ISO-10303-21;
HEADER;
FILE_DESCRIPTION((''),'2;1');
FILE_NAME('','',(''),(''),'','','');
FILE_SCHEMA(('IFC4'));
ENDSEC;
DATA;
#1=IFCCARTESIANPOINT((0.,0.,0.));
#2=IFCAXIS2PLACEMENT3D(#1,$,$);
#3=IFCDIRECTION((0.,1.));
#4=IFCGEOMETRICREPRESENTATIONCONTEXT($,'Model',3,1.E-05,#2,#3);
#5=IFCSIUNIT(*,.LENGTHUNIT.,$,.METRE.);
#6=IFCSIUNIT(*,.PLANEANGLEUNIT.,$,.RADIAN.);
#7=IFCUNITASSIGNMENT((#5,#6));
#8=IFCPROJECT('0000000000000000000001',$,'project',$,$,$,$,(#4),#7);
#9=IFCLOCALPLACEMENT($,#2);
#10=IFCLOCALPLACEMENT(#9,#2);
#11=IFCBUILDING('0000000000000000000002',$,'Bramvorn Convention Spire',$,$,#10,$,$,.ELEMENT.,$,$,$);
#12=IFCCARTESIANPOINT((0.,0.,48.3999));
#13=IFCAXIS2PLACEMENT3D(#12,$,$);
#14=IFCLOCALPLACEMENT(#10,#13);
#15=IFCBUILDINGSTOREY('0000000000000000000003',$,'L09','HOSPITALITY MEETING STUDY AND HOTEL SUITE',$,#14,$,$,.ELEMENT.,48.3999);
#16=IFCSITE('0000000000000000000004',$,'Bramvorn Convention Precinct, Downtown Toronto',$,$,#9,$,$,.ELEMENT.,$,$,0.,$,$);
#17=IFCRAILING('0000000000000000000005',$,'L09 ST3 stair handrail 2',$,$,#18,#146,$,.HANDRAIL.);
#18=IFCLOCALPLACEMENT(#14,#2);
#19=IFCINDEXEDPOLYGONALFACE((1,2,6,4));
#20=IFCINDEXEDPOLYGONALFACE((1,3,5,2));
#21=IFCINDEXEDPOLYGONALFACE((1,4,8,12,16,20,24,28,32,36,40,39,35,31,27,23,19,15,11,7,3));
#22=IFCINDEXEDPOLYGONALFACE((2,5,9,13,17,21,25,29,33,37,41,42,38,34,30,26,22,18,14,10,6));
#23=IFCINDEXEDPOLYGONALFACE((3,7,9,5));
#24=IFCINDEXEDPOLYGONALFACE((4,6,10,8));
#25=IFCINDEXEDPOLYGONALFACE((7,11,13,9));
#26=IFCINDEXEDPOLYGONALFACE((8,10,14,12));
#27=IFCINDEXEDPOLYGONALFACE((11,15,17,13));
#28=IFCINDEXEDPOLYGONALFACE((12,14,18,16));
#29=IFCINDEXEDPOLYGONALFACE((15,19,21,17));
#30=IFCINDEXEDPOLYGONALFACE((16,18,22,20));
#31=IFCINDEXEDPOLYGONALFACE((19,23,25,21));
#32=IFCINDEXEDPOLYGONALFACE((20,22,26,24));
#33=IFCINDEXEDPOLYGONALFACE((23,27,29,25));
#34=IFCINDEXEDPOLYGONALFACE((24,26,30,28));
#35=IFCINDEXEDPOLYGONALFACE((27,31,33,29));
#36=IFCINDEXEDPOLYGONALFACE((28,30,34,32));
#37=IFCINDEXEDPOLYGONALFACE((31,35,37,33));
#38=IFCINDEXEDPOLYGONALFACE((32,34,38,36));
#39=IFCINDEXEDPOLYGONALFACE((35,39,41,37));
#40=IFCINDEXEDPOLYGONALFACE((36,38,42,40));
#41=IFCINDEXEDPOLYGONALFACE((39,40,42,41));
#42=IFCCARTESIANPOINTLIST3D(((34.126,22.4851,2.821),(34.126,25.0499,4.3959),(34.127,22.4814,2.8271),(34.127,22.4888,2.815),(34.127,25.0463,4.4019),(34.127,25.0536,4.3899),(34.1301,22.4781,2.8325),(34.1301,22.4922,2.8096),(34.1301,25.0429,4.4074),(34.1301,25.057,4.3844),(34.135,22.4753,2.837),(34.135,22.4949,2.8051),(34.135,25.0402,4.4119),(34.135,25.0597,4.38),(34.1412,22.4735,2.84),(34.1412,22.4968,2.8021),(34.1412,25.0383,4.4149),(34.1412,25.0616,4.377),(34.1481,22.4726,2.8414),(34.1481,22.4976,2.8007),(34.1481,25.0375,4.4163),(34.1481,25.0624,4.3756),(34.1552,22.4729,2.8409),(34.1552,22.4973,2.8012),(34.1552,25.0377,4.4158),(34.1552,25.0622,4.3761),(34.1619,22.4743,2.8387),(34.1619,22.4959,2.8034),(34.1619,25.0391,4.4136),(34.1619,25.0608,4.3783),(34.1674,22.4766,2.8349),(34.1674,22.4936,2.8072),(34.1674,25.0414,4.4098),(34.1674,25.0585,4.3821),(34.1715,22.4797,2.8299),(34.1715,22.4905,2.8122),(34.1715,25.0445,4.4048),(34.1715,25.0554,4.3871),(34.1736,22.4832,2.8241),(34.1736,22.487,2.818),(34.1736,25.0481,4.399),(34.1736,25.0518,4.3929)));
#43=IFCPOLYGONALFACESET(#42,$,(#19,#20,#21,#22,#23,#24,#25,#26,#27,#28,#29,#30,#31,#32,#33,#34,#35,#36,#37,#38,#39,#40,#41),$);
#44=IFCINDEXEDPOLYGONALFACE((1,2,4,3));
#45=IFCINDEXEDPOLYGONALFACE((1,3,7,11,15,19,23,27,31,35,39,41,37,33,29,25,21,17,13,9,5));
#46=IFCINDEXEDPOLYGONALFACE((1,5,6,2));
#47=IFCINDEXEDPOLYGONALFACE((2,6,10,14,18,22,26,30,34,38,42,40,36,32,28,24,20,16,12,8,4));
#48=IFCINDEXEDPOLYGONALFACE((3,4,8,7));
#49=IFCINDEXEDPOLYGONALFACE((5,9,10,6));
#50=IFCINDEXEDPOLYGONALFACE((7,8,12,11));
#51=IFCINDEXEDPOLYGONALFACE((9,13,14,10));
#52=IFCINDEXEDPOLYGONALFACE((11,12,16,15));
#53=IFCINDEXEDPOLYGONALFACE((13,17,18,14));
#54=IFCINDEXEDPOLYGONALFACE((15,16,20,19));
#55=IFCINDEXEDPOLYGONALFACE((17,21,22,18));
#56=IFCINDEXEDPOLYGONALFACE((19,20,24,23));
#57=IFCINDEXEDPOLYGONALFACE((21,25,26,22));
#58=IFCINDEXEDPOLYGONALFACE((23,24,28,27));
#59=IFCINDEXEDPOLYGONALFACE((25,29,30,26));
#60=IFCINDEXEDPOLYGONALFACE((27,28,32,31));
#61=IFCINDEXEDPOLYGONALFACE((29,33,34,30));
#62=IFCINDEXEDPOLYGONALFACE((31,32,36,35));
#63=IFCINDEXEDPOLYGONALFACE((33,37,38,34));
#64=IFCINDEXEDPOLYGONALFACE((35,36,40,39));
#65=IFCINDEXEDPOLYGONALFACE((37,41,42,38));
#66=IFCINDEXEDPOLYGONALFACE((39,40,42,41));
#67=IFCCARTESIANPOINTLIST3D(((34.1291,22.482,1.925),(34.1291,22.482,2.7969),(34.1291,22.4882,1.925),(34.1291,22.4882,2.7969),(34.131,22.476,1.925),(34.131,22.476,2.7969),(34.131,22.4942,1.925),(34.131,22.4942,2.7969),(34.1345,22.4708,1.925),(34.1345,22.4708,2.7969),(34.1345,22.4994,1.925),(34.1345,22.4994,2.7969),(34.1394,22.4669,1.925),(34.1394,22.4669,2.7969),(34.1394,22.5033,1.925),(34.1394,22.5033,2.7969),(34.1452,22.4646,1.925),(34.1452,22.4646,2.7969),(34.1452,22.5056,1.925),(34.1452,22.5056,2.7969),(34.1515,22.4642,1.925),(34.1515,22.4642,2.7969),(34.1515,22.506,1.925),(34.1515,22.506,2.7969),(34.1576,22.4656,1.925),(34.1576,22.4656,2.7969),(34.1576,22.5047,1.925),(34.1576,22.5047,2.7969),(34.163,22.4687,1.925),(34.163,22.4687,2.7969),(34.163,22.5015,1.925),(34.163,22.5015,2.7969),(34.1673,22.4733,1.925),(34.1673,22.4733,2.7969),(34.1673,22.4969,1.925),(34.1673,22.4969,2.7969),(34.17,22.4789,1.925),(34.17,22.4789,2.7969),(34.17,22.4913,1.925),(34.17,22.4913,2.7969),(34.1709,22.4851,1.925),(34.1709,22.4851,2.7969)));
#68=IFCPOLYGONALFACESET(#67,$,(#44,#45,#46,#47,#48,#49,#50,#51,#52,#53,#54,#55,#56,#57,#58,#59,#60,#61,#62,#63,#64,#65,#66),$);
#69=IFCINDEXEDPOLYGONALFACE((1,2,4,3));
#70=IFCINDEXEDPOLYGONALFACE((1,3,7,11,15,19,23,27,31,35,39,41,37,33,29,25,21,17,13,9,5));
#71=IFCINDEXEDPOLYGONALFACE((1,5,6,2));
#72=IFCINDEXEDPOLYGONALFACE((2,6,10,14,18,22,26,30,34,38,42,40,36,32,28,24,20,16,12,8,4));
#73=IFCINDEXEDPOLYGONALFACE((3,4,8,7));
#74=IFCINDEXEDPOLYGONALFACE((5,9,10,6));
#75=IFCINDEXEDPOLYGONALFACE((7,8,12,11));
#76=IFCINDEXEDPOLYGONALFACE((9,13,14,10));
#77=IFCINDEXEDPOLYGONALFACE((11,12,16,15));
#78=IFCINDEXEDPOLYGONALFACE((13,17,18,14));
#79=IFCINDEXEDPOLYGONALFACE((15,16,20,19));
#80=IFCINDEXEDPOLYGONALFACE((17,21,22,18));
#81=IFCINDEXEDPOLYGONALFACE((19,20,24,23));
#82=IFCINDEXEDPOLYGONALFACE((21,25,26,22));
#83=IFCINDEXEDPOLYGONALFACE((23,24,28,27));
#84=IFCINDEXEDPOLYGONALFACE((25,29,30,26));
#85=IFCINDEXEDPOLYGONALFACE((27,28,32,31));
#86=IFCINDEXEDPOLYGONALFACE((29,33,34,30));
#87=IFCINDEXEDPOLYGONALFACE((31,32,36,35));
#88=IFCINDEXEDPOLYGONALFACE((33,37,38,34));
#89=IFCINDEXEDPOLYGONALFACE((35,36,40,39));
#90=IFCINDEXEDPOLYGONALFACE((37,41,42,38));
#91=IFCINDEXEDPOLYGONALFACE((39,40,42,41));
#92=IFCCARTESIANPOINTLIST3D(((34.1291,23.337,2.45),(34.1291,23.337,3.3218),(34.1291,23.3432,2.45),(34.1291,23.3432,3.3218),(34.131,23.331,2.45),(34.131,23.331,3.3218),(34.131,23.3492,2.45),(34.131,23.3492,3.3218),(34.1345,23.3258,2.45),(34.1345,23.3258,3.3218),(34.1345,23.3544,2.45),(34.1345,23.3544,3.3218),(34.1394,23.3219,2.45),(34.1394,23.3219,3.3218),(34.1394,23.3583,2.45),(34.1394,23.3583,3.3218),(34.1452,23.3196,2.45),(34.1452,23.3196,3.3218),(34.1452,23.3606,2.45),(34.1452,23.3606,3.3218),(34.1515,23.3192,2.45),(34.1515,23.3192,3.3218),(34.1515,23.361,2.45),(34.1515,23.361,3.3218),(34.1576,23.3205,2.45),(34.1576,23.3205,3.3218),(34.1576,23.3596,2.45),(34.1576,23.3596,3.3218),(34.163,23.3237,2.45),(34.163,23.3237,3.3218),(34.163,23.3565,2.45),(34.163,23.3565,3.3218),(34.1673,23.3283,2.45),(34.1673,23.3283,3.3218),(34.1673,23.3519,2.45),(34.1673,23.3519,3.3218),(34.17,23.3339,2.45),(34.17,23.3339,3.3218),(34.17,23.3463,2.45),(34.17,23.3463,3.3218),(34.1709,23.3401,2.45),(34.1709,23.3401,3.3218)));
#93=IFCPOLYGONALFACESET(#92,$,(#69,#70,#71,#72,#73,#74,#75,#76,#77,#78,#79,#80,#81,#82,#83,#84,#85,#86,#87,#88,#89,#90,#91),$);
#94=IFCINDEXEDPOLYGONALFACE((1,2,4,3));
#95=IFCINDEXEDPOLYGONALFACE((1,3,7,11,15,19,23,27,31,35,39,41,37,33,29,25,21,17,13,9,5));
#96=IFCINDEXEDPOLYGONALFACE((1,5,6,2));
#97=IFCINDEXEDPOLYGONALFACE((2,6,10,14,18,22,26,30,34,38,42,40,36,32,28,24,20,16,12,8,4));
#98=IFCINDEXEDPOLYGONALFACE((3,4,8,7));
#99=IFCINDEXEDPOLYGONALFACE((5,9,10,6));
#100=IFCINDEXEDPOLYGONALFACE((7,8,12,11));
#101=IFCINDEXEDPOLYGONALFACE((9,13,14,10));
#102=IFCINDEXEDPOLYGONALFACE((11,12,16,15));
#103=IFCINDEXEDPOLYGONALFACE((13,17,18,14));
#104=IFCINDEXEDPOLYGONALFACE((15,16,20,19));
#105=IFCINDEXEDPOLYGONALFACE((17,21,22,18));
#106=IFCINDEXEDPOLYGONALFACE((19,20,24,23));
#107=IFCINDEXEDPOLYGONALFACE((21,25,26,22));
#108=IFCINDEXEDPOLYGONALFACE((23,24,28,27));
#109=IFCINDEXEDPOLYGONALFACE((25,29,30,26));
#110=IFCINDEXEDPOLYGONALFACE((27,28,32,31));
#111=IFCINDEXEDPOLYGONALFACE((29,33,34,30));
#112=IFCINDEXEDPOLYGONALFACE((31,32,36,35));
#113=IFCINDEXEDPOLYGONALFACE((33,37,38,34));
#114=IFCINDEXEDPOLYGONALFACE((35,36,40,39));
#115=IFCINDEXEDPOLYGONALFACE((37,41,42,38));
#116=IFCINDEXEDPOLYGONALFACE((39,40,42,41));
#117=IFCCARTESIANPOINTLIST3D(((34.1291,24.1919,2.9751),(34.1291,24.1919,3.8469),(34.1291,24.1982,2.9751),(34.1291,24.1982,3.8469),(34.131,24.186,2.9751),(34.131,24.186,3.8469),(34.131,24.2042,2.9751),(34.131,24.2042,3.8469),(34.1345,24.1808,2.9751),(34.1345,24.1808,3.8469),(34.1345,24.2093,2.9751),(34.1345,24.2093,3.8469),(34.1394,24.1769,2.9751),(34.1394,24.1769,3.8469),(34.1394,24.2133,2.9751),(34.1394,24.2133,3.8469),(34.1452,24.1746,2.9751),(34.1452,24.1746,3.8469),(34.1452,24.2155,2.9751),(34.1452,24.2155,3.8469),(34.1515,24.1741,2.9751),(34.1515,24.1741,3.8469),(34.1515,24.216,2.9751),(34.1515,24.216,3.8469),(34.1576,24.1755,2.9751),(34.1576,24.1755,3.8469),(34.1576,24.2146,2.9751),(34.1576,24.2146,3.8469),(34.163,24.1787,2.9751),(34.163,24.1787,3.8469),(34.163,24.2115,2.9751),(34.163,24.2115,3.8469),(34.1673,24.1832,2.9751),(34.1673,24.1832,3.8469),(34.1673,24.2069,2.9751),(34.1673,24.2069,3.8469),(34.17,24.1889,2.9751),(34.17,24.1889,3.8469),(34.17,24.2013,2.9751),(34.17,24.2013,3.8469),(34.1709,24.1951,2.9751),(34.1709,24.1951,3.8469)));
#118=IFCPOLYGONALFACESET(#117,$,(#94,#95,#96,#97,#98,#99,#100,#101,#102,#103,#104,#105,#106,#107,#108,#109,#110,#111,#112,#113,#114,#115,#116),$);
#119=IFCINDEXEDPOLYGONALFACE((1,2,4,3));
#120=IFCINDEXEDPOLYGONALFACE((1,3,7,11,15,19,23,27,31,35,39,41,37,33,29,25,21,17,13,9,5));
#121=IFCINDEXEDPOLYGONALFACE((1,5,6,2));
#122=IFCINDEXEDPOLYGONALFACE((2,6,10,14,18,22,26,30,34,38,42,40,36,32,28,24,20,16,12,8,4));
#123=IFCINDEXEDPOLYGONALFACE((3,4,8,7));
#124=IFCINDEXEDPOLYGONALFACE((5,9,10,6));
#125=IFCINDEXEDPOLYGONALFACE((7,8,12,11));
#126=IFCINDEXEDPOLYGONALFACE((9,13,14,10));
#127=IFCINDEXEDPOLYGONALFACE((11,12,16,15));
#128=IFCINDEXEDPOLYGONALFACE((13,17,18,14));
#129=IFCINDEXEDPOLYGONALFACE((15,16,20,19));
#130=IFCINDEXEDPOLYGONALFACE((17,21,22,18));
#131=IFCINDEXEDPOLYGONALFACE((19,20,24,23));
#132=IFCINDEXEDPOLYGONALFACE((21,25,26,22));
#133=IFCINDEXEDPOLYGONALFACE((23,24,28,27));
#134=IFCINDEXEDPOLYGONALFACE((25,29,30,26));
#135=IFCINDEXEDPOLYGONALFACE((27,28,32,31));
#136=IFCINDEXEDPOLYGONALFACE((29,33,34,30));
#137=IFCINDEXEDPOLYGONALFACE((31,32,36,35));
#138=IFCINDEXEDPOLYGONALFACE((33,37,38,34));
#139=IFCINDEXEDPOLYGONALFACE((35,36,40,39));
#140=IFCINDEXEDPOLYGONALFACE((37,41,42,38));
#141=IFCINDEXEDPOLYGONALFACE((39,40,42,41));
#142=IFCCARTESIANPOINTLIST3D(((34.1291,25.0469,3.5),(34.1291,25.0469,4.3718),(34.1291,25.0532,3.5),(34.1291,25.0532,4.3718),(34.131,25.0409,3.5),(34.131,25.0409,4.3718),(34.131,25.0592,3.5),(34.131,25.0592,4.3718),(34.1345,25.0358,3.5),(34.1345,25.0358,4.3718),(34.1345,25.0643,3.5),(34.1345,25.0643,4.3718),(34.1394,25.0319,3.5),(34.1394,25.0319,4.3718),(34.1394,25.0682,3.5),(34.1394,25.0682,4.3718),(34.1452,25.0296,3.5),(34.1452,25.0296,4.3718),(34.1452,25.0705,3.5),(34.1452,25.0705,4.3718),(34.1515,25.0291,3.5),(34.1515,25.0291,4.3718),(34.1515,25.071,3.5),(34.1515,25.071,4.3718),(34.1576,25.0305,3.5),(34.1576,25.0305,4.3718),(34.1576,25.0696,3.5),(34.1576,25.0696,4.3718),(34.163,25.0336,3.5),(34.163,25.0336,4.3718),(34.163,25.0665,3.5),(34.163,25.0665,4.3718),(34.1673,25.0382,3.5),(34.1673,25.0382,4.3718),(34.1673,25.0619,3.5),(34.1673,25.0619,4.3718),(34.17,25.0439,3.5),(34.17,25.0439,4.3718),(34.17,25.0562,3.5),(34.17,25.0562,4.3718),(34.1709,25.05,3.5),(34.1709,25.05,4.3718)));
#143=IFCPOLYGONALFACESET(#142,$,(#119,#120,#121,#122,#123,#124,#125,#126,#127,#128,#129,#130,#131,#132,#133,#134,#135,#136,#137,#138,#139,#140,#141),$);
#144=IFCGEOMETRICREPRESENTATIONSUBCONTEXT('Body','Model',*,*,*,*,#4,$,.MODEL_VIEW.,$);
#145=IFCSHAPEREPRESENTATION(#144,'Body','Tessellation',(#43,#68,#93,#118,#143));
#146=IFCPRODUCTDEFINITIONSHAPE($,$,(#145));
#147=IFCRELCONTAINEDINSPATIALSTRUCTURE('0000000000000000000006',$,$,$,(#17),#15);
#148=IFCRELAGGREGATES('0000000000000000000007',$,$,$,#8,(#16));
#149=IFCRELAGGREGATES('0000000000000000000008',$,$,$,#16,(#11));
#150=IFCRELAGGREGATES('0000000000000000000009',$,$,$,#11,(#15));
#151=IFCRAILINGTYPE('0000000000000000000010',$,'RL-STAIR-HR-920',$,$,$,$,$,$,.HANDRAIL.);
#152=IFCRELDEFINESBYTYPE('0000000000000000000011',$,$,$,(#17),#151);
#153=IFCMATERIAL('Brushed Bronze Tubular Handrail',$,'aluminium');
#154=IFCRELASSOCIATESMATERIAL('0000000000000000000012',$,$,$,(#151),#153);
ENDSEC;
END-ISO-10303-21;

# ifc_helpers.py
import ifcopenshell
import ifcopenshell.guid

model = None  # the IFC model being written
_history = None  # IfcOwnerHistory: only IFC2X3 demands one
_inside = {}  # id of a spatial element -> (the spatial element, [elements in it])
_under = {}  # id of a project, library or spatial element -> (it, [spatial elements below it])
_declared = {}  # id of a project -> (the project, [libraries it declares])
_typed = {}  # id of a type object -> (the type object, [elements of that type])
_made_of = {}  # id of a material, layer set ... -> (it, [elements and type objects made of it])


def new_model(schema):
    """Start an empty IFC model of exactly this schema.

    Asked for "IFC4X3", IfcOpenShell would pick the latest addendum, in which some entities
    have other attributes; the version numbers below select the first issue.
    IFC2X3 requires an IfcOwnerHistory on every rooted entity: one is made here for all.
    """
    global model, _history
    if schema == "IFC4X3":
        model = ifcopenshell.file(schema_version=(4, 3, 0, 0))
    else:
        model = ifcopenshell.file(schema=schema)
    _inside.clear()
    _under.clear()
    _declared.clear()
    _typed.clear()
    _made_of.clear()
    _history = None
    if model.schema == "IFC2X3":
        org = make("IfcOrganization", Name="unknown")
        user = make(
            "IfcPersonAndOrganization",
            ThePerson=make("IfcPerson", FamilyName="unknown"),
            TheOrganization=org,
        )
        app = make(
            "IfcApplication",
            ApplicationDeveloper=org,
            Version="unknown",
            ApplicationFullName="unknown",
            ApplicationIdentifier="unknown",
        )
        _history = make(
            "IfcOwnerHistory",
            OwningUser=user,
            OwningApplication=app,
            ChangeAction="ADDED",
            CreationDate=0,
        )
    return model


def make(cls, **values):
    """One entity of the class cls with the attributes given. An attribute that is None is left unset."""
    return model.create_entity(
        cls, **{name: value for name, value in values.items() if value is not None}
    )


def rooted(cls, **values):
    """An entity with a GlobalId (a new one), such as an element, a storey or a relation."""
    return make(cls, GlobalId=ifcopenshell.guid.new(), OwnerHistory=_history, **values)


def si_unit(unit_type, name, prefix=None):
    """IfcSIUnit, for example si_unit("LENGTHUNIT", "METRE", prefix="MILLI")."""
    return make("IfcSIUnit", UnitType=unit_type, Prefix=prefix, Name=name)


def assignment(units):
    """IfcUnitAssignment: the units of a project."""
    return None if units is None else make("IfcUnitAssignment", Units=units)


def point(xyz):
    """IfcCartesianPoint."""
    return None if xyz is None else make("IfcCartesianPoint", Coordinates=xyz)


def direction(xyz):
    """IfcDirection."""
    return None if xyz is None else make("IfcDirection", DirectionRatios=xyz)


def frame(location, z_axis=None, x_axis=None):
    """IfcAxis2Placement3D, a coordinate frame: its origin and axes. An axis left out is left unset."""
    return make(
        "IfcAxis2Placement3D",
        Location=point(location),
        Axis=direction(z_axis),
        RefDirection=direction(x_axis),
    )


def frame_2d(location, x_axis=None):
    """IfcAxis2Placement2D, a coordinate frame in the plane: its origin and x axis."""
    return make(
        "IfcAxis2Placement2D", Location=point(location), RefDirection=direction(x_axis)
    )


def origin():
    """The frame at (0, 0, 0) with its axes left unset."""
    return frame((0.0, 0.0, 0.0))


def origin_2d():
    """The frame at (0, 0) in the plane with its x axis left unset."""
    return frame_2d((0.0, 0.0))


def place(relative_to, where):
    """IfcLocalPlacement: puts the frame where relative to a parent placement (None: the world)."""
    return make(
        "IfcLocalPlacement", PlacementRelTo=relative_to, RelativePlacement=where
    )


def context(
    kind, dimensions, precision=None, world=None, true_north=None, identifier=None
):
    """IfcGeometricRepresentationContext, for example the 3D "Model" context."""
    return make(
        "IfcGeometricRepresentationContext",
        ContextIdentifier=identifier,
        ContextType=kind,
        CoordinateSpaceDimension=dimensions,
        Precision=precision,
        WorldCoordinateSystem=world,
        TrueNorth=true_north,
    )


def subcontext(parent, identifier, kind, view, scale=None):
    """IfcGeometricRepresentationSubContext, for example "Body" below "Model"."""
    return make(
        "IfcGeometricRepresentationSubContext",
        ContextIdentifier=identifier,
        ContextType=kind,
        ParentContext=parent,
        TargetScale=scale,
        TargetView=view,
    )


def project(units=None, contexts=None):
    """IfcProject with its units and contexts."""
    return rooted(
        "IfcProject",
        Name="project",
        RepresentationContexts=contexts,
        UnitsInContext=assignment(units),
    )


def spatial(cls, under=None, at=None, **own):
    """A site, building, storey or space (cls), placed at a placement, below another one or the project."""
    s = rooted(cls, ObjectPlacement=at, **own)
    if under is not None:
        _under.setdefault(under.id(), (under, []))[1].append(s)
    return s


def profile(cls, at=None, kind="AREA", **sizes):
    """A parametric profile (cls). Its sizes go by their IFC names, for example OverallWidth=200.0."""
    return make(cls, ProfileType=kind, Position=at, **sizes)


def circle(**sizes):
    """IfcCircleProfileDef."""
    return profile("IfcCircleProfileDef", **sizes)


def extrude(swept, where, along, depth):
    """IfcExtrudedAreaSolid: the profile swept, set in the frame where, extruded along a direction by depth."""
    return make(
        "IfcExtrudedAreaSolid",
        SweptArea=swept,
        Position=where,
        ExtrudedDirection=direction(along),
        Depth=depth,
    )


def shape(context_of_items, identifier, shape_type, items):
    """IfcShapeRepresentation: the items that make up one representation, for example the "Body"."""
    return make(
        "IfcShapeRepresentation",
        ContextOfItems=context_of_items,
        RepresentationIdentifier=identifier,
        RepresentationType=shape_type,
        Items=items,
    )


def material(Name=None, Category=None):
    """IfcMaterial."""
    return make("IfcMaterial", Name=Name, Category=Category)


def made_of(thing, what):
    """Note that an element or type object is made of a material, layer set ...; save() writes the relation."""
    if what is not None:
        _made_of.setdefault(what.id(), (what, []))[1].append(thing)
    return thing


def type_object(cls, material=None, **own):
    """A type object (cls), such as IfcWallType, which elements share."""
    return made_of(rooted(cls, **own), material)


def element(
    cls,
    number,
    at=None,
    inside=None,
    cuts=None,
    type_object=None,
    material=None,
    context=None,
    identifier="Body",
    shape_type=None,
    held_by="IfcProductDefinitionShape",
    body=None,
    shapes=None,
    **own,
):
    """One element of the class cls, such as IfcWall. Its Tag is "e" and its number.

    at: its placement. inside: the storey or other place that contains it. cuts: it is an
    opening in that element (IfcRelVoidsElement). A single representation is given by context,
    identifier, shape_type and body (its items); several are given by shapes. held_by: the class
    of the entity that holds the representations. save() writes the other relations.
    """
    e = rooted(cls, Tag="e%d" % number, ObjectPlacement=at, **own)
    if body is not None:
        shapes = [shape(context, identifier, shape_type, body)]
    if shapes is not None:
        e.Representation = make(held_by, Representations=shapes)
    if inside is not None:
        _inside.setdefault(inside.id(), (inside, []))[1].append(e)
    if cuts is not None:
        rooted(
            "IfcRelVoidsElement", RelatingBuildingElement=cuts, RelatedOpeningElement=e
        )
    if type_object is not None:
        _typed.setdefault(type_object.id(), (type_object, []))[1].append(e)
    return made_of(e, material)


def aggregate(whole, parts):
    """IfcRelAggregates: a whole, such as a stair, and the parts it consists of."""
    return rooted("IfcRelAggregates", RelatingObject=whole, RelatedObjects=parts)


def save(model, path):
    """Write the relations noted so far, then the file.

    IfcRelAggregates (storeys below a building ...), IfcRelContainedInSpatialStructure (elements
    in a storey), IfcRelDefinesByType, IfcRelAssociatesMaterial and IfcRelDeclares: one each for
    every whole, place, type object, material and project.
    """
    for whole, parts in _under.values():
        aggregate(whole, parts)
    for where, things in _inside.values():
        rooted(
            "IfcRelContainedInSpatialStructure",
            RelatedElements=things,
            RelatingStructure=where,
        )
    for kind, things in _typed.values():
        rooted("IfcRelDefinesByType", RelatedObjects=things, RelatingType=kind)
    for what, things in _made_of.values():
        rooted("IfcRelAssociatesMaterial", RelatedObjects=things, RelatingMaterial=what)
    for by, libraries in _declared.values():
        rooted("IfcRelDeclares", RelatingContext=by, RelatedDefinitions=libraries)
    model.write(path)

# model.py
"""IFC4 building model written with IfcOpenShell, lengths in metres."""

from ifc_helpers import new_model, si_unit, direction, frame, origin, origin_2d, place, context, subcontext, project, spatial, circle, extrude, material, type_object, element, save


model = new_model("IFC4")

# Units and contexts
model_context = context("Model", 3, precision=1e-05, world=origin(), true_north=direction((0.0, 1.0)))
body_context = subcontext(model_context, "Body", "Model", "MODEL_VIEW")
ifc_project = project(units=[si_unit("LENGTHUNIT", "METRE"), si_unit("PLANEANGLEUNIT", "RADIAN")], contexts=[model_context])

# Site, building, storey
site_placement = place(None, origin())
site = spatial("IfcSite", under=ifc_project, at=site_placement, Name="Bramvorn Convention Precinct, Downtown Toronto", CompositionType="ELEMENT", RefElevation=0.0)
building_placement = place(site_placement, origin())
building = spatial("IfcBuilding", under=site, at=building_placement, Name="Bramvorn Convention Spire", CompositionType="ELEMENT")
storey_placement = place(building_placement, frame((0.0, 0.0, 48.3999)))
storey = spatial("IfcBuildingStorey", under=building, at=storey_placement, Name="L09", Description="HOSPITALITY MEETING STUDY AND HOTEL SUITE", CompositionType="ELEMENT", Elevation=48.3999)

# Railing
ifc_material_1 = material(Name="Brushed Bronze Tubular Handrail", Category="aluminium")
railing_type_1 = type_object("IfcRailingType", Name="RL-STAIR-HR-920", PredefinedType="HANDRAIL", material=ifc_material_1)
railing_1_placement = place(storey_placement, frame((34.1499, 22.4851, 1.925)))
element("IfcRailing", 1, at=railing_1_placement, inside=storey, type_object=railing_type_1, Name="L09 ST3 stair handrail 2", PredefinedType="HANDRAIL", context=body_context, shape_type="SweptSolid", body=[
    extrude(circle(Radius=0.0239, at=origin_2d()), frame((0.0, 0.0, 0.896), z_axis=(0.0, 0.852173, 0.52326), x_axis=(-1.0, 0.0, 0.0)), (0.0, 0.0, 1.0), 3.0098),
    extrude(circle(Radius=0.021, at=origin_2d()), origin(), (0.0, 0.0, 1.0), 0.8718),
    extrude(circle(Radius=0.021, at=origin_2d()), frame((0.0, 0.855, 0.5249)), (0.0, 0.0, 1.0), 0.8718),
    extrude(circle(Radius=0.021, at=origin_2d()), frame((0.0, 1.71, 1.05)), (0.0, 0.0, 1.0), 0.8718),
    extrude(circle(Radius=0.021, at=origin_2d()), frame((0.0, 2.5649, 1.575)), (0.0, 0.0, 1.0), 0.8718),
])

save(model, "model.ifc")
